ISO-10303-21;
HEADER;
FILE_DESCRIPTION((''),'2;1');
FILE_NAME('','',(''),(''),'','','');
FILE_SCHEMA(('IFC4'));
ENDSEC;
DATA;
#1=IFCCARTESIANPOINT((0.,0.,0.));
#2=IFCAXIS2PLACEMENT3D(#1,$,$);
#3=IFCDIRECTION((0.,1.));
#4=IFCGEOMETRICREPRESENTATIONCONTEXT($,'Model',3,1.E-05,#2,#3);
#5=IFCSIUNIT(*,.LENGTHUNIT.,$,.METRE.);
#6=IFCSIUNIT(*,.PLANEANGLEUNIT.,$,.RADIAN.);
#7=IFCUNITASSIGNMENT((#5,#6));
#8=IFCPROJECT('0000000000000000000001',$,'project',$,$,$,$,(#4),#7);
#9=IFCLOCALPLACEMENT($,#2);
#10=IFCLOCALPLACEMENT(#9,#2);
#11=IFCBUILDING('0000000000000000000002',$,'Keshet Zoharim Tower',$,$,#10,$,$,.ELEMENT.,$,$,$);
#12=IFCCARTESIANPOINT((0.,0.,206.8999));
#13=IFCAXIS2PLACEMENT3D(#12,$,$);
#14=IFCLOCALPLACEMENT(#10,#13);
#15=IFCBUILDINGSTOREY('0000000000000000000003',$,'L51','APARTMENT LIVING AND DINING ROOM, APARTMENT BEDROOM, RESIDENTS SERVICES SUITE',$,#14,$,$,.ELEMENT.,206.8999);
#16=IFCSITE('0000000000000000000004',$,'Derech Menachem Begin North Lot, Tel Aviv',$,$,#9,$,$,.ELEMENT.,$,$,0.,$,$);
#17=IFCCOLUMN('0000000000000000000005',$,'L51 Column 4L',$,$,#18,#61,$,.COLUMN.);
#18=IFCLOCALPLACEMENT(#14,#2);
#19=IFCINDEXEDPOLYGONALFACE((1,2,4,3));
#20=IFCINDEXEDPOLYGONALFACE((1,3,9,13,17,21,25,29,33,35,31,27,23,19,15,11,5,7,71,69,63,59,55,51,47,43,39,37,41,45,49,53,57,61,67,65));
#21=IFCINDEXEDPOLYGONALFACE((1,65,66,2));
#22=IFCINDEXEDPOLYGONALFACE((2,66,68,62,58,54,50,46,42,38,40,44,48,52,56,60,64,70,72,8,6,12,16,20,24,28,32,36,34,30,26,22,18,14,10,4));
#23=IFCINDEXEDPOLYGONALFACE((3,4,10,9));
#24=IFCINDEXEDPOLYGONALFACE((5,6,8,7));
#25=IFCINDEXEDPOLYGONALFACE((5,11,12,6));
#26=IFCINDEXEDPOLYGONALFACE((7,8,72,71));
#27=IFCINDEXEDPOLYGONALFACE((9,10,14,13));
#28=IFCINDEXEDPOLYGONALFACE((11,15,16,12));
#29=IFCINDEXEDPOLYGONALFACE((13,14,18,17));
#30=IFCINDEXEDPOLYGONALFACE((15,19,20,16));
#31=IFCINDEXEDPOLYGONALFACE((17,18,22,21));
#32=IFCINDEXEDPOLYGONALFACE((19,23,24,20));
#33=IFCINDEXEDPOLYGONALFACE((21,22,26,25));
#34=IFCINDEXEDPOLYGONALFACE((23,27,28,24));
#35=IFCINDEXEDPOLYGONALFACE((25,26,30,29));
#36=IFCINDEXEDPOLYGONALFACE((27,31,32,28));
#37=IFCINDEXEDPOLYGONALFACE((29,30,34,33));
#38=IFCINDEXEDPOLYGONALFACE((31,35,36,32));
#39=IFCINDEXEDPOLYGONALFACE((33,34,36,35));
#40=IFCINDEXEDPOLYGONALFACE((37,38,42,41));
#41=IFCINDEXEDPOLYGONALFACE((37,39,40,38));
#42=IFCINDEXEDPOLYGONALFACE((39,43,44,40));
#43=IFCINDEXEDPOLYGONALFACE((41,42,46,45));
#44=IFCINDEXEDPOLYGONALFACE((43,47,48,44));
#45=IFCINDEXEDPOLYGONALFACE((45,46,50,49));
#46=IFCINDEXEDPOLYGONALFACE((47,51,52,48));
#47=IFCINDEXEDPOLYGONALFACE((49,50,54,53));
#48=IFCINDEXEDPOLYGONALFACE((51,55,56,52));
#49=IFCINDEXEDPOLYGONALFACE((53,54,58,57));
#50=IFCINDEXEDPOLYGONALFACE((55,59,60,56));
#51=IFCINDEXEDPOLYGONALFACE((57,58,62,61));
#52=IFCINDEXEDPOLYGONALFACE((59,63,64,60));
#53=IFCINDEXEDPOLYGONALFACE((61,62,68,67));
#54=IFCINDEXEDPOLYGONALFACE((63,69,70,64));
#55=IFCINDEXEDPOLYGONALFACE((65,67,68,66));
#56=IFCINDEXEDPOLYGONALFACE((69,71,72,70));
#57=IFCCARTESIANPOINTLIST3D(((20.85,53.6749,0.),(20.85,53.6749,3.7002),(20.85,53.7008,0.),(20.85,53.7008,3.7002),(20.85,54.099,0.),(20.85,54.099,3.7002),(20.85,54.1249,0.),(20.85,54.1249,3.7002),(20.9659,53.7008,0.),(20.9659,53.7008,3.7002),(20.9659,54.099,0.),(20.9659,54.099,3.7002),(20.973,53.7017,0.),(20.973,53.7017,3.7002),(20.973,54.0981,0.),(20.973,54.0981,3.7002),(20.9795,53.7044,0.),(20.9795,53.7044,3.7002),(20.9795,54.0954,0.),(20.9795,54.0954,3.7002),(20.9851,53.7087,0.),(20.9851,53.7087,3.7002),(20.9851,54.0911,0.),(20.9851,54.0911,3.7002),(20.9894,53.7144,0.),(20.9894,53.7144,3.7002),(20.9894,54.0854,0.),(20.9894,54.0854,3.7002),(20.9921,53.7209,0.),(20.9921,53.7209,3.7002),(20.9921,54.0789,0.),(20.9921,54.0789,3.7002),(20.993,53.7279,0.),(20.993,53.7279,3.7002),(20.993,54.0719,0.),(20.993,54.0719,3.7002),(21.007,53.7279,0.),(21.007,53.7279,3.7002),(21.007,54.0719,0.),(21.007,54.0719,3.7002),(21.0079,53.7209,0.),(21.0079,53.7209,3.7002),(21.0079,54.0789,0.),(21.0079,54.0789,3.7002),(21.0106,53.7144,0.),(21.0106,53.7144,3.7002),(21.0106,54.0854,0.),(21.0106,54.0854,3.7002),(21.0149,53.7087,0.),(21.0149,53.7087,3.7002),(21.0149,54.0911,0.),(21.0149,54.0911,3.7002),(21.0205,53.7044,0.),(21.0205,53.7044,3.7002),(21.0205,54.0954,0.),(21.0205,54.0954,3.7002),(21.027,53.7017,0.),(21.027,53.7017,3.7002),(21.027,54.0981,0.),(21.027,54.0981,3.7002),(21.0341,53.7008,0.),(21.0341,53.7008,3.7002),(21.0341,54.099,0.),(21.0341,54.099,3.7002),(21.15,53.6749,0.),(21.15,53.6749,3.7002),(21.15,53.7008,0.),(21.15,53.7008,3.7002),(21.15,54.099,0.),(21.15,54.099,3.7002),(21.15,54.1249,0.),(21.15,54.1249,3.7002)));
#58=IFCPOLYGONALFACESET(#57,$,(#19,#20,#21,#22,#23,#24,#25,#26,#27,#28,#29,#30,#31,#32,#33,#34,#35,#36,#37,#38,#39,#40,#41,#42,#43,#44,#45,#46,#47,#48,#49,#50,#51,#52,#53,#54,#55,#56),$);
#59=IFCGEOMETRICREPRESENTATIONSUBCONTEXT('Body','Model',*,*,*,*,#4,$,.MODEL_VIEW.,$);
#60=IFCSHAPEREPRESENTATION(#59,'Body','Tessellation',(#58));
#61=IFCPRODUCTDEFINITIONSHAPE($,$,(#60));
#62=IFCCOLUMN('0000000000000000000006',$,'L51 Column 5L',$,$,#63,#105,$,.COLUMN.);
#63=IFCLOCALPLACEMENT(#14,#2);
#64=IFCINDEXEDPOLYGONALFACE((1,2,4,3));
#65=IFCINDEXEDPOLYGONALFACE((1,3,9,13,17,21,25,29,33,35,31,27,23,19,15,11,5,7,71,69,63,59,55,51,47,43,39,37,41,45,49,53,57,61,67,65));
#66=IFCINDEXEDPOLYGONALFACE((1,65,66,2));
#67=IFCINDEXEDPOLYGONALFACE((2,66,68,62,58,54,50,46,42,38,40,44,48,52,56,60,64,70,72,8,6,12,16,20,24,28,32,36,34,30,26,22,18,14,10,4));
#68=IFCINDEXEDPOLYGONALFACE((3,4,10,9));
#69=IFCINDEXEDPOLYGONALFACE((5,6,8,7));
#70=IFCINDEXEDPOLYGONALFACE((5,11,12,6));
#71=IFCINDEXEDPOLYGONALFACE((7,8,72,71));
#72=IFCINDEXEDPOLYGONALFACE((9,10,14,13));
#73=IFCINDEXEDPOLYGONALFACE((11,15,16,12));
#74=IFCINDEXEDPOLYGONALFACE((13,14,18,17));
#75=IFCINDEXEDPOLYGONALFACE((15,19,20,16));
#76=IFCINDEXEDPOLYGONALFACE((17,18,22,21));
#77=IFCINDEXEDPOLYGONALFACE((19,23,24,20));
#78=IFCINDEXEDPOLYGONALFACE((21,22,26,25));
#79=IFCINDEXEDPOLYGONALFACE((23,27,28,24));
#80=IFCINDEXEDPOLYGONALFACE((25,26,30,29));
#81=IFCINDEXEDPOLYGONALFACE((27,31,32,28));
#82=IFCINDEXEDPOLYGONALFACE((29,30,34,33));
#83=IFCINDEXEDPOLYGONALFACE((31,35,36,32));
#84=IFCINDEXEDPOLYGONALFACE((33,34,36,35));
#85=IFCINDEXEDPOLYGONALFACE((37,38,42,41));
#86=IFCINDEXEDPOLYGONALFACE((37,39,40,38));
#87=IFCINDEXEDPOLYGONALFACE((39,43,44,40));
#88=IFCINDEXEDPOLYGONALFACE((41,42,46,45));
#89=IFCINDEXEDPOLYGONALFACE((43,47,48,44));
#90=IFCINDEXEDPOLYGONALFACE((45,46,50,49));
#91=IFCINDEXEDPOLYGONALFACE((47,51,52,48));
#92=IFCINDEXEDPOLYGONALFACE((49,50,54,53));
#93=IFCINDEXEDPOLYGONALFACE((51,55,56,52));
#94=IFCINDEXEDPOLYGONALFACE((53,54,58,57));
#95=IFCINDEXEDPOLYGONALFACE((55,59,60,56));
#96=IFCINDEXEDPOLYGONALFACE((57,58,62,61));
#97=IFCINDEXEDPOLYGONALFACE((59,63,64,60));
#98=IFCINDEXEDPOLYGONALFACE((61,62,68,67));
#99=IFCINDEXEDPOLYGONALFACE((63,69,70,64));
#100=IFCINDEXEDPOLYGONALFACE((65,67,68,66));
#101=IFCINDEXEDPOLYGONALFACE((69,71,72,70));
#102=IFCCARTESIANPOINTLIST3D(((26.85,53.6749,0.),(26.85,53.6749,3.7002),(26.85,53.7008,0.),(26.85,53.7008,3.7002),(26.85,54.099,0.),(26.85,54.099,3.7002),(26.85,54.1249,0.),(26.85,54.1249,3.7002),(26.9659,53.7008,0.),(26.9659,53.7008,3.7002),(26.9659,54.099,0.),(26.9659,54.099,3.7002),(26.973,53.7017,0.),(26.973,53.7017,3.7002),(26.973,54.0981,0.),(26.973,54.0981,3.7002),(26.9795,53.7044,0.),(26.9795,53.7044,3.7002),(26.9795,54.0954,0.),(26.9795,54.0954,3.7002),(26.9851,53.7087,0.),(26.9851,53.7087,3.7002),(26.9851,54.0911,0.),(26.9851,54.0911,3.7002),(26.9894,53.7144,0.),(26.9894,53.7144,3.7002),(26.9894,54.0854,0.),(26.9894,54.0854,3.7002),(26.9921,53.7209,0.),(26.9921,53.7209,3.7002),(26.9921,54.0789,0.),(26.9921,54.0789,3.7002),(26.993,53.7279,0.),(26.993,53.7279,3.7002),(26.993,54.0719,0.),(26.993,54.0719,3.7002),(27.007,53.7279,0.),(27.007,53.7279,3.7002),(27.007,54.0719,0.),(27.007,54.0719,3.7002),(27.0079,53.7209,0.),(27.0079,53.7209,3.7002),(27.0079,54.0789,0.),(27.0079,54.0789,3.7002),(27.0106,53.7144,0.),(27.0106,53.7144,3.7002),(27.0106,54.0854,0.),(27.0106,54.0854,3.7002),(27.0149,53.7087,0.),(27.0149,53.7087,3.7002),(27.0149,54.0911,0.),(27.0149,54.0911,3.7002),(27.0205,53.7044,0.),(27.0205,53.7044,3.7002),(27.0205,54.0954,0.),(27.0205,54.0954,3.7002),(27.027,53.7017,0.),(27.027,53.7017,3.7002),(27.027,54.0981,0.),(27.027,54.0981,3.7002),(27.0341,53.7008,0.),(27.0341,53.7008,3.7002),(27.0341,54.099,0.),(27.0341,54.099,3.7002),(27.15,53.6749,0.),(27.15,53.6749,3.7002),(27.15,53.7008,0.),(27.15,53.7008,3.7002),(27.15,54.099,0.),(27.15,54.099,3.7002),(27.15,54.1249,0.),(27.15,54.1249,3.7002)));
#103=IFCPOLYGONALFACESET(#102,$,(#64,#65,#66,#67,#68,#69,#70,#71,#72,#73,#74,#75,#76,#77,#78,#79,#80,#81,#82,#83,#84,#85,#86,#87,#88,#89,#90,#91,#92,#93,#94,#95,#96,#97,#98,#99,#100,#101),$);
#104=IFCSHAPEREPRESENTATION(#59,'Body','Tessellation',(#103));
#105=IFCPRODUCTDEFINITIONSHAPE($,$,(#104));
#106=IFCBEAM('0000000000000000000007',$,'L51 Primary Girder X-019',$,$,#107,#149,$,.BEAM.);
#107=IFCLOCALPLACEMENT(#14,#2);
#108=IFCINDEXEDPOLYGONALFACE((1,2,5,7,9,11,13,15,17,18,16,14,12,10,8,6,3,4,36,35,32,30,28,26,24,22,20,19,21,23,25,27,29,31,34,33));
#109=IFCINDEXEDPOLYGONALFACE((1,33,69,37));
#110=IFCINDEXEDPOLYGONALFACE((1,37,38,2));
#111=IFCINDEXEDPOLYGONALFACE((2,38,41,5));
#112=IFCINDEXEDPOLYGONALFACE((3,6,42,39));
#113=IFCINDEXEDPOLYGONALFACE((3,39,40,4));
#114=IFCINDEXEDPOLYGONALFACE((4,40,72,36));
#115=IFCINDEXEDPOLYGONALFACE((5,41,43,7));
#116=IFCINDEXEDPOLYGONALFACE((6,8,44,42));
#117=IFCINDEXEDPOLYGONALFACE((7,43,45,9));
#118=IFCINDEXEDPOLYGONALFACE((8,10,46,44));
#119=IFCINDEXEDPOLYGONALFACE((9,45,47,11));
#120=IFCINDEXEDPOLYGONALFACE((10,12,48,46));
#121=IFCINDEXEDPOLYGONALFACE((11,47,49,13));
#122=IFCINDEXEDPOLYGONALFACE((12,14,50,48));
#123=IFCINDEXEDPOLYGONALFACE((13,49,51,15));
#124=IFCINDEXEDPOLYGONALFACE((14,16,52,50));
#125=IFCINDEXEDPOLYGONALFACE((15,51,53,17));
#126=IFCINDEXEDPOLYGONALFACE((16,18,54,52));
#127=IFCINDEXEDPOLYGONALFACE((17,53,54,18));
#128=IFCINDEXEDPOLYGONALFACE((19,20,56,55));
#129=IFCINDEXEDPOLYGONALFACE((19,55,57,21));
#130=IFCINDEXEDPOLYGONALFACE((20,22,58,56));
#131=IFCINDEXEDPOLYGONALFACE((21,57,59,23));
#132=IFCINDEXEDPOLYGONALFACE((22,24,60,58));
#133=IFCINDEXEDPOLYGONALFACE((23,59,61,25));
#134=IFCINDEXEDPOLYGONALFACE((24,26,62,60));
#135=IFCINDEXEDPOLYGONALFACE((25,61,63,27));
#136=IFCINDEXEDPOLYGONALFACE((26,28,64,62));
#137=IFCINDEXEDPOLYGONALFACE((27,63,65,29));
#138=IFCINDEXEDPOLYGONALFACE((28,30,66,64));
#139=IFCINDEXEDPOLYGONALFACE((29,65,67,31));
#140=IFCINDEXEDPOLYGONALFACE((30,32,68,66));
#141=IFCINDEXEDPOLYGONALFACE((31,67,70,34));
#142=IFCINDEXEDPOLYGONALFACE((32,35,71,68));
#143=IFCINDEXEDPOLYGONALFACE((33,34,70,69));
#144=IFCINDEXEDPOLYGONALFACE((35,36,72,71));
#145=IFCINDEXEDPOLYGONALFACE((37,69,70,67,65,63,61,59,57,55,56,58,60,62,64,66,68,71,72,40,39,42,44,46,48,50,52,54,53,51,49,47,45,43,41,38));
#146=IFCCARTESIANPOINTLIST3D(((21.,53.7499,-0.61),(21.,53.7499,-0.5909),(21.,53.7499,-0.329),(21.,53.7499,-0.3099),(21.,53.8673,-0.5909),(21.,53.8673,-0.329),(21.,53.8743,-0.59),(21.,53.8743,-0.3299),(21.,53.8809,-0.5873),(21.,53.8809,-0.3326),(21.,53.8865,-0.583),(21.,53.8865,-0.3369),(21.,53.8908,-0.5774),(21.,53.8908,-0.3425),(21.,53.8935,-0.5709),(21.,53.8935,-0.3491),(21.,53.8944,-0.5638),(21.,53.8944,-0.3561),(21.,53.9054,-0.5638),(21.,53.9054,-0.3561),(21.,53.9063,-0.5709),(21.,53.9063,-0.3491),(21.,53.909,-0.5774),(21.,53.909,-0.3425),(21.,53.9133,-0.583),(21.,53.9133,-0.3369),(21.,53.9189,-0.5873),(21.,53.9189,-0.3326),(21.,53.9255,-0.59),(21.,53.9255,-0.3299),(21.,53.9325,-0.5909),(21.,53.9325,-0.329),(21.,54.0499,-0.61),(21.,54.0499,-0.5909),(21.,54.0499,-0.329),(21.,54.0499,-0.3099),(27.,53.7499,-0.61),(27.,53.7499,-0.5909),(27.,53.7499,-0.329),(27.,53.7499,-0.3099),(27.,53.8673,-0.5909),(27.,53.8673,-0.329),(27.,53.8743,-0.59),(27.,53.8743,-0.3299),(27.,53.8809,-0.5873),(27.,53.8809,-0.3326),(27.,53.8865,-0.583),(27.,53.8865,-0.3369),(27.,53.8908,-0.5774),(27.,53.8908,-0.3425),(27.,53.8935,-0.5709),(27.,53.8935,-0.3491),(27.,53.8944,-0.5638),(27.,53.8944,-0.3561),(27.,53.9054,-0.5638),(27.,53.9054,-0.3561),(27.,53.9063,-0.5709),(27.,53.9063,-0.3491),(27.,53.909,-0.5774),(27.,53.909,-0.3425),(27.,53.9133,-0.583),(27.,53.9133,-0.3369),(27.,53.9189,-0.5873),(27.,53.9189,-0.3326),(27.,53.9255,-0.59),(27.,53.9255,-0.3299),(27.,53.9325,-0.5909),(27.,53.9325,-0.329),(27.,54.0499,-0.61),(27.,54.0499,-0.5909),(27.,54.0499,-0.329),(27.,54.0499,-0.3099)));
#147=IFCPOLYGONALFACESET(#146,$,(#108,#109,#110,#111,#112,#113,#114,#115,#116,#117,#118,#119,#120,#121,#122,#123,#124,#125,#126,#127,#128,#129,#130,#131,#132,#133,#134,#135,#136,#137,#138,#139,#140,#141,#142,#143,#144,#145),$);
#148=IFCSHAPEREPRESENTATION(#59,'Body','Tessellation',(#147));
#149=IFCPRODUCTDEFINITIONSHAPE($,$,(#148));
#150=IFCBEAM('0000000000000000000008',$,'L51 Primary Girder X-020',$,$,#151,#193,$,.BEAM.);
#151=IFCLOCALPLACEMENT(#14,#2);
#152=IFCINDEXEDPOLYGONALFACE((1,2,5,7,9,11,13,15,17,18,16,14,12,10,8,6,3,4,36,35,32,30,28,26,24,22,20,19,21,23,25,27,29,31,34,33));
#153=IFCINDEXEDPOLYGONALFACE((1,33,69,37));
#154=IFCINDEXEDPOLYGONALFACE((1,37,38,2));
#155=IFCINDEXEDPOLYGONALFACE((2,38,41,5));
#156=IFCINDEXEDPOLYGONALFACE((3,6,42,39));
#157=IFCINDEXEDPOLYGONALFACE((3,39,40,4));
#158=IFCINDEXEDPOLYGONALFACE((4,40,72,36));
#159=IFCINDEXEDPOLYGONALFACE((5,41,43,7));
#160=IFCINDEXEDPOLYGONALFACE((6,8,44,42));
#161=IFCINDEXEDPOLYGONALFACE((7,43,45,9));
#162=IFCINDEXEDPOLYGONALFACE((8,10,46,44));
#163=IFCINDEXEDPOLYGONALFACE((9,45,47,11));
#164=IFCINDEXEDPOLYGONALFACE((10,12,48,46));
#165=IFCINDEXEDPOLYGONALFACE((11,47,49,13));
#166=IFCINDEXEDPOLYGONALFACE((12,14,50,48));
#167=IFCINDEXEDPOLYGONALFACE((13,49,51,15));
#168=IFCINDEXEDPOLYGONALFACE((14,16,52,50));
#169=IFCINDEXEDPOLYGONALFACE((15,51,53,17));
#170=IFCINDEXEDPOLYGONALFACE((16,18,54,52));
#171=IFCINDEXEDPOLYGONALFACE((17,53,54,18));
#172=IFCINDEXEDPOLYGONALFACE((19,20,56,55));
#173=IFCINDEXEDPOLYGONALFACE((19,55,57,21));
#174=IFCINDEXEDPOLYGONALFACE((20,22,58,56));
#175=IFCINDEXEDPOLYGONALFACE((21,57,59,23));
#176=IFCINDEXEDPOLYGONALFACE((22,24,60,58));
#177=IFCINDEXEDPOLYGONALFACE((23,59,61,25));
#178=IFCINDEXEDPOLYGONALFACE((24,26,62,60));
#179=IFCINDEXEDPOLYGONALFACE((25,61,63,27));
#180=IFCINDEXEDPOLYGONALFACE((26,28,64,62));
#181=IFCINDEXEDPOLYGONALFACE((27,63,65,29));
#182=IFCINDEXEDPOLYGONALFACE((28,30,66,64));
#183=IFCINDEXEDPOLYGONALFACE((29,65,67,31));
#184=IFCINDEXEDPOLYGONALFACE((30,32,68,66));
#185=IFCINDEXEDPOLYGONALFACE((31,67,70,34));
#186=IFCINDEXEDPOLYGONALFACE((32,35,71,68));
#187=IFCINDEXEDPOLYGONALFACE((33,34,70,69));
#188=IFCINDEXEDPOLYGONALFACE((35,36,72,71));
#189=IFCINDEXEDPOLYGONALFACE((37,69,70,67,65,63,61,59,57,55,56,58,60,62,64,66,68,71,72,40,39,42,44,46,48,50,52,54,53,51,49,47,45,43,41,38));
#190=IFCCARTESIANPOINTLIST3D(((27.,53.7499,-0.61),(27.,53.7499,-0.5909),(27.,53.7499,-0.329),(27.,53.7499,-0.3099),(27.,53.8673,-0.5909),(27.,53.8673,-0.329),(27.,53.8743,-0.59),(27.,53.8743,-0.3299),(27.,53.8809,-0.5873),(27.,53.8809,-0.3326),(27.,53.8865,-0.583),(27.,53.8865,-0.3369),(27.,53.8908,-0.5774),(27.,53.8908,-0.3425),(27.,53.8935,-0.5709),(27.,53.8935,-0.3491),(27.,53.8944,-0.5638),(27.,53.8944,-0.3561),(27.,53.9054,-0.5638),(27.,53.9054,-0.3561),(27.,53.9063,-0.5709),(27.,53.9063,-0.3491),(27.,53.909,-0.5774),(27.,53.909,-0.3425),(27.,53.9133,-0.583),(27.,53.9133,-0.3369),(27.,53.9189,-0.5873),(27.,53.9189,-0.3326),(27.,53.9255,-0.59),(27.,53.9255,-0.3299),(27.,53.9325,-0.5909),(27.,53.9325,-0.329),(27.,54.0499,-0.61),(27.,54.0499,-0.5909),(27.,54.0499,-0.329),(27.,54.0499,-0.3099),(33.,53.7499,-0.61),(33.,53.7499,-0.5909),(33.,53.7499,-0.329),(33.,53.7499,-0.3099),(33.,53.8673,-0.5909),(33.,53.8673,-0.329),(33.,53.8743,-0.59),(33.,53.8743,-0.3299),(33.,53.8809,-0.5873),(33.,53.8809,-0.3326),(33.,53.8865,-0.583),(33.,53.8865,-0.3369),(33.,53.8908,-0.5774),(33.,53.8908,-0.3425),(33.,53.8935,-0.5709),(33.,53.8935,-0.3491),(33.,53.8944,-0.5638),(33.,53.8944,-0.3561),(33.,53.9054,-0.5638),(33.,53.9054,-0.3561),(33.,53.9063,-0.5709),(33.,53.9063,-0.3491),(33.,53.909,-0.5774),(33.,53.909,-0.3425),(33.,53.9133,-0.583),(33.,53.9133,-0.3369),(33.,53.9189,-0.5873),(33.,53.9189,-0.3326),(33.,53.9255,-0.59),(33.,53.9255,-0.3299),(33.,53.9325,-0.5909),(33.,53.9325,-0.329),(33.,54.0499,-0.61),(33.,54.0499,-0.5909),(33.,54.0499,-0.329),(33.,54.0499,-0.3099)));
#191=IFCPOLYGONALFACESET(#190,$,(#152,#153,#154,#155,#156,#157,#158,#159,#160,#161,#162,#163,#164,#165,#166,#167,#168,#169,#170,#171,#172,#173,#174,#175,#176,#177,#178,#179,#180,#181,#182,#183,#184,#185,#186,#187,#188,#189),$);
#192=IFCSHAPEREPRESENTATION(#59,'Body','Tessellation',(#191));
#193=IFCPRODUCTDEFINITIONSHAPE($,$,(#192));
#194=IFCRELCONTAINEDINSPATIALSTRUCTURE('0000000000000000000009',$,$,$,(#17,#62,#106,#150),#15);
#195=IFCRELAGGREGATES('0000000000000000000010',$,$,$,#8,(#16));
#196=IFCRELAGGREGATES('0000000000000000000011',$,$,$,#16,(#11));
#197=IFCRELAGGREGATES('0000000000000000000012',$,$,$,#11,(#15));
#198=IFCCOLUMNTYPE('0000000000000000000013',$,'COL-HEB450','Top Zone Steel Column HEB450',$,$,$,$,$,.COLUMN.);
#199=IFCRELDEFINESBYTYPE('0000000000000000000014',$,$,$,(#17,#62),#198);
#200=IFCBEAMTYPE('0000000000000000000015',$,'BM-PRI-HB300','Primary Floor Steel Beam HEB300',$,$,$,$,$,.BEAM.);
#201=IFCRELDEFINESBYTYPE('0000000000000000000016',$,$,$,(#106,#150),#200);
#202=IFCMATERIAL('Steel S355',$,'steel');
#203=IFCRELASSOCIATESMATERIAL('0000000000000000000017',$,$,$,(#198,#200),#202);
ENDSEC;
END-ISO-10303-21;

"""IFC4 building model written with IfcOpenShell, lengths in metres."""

from ifc_helpers import new_model, si_unit, direction, frame, origin, origin_2d, place, context, subcontext, project, spatial, i_section, extrude, material, material_profile, profile_set, type_object, element, save


model = new_model("IFC4")

# Units and contexts
model_context = context("Model", 3, precision=1e-05, world=origin(), true_north=direction((0.0, 1.0)))
body_context = subcontext(model_context, "Body", "Model", "MODEL_VIEW")
ifc_project = project(units=[si_unit("LENGTHUNIT", "METRE"), si_unit("PLANEANGLEUNIT", "RADIAN")], contexts=[model_context])

# Site, building, storey
site_placement = place(None, origin())
site = spatial("IfcSite", under=ifc_project, at=site_placement, Name="Derech Menachem Begin North Lot, Tel Aviv", CompositionType="ELEMENT", RefElevation=0.0)
building_placement = place(site_placement, origin())
building = spatial("IfcBuilding", under=site, at=building_placement, Name="Keshet Zoharim Tower", CompositionType="ELEMENT")
storey_placement = place(building_placement, frame((0.0, 0.0, 206.8999)))
storey = spatial("IfcBuildingStorey", under=building, at=storey_placement, Name="L51", Description="APARTMENT LIVING AND DINING ROOM, APARTMENT BEDROOM, RESIDENTS SERVICES SUITE", CompositionType="ELEMENT", Elevation=206.8999)

# Columns
ifc_material_1 = material(Name="Steel S355", Category="steel")
ifc_material_profile_1 = material_profile(ifc_material_1, i_section(OverallWidth=0.3, OverallDepth=0.45, WebThickness=0.0139, FlangeThickness=0.0259, FilletRadius=0.0271, at=origin_2d()), Name="HEB450")
ifc_profile_set_1 = profile_set([ifc_material_profile_1], Name="Steel S355")
column_type = type_object("IfcColumnType", Name="COL-HEB450", Description="Top Zone Steel Column HEB450", PredefinedType="COLUMN", material=ifc_profile_set_1)
for number, where, z_axis, x_axis, name in (
    (1, (21.0, 53.8999, 0.0), (0.0, 0.0, 1.0), (1.0, 0.0, 0.0), "L51 Column 4L"),
    (2, (27.0, 53.8999, 0.0), (0.0, 0.0, 1.0), (1.0, 0.0, 0.0), "L51 Column 5L"),
):
    element("IfcColumn", number, at=place(storey_placement, frame(where, z_axis=z_axis, x_axis=x_axis)), inside=storey, type_object=column_type, Name=name, PredefinedType="COLUMN", context=body_context, shape_type="SweptSolid", body=[
        extrude(i_section(OverallWidth=0.3, OverallDepth=0.45, WebThickness=0.0139, FlangeThickness=0.0259, FilletRadius=0.0271, at=origin_2d()), origin(), (0.0, 0.0, 1.0), 3.7002),
    ])

# Beams
ifc_material_profile_2 = material_profile(ifc_material_1, i_section(OverallWidth=0.3, OverallDepth=0.3, WebThickness=0.011, FlangeThickness=0.019, FilletRadius=0.0271, at=origin_2d()), Name="HEB300")
ifc_profile_set_2 = profile_set([ifc_material_profile_2], Name="Steel S355")
beam_type = type_object("IfcBeamType", Name="BM-PRI-HB300", Description="Primary Floor Steel Beam HEB300", PredefinedType="BEAM", material=ifc_profile_set_2)
for number, where, z_axis, x_axis, name in (
    (3, (21.0, 53.8999, -0.46), (1.0, 0.0, 0.0), (0.0, 1.0, 0.0), "L51 Primary Girder X-019"),
    (4, (27.0, 53.8999, -0.46), (1.0, 0.0, 0.0), (0.0, 1.0, 0.0), "L51 Primary Girder X-020"),
):
    element("IfcBeam", number, at=place(storey_placement, frame(where, z_axis=z_axis, x_axis=x_axis)), inside=storey, type_object=beam_type, Name=name, PredefinedType="BEAM", context=body_context, shape_type="SweptSolid", body=[
        extrude(i_section(OverallWidth=0.3, OverallDepth=0.3, WebThickness=0.011, FlangeThickness=0.019, FilletRadius=0.0271, at=origin_2d()), origin(), (0.0, 0.0, 1.0), 6.0),
    ])

save(model, "model.ifc")
